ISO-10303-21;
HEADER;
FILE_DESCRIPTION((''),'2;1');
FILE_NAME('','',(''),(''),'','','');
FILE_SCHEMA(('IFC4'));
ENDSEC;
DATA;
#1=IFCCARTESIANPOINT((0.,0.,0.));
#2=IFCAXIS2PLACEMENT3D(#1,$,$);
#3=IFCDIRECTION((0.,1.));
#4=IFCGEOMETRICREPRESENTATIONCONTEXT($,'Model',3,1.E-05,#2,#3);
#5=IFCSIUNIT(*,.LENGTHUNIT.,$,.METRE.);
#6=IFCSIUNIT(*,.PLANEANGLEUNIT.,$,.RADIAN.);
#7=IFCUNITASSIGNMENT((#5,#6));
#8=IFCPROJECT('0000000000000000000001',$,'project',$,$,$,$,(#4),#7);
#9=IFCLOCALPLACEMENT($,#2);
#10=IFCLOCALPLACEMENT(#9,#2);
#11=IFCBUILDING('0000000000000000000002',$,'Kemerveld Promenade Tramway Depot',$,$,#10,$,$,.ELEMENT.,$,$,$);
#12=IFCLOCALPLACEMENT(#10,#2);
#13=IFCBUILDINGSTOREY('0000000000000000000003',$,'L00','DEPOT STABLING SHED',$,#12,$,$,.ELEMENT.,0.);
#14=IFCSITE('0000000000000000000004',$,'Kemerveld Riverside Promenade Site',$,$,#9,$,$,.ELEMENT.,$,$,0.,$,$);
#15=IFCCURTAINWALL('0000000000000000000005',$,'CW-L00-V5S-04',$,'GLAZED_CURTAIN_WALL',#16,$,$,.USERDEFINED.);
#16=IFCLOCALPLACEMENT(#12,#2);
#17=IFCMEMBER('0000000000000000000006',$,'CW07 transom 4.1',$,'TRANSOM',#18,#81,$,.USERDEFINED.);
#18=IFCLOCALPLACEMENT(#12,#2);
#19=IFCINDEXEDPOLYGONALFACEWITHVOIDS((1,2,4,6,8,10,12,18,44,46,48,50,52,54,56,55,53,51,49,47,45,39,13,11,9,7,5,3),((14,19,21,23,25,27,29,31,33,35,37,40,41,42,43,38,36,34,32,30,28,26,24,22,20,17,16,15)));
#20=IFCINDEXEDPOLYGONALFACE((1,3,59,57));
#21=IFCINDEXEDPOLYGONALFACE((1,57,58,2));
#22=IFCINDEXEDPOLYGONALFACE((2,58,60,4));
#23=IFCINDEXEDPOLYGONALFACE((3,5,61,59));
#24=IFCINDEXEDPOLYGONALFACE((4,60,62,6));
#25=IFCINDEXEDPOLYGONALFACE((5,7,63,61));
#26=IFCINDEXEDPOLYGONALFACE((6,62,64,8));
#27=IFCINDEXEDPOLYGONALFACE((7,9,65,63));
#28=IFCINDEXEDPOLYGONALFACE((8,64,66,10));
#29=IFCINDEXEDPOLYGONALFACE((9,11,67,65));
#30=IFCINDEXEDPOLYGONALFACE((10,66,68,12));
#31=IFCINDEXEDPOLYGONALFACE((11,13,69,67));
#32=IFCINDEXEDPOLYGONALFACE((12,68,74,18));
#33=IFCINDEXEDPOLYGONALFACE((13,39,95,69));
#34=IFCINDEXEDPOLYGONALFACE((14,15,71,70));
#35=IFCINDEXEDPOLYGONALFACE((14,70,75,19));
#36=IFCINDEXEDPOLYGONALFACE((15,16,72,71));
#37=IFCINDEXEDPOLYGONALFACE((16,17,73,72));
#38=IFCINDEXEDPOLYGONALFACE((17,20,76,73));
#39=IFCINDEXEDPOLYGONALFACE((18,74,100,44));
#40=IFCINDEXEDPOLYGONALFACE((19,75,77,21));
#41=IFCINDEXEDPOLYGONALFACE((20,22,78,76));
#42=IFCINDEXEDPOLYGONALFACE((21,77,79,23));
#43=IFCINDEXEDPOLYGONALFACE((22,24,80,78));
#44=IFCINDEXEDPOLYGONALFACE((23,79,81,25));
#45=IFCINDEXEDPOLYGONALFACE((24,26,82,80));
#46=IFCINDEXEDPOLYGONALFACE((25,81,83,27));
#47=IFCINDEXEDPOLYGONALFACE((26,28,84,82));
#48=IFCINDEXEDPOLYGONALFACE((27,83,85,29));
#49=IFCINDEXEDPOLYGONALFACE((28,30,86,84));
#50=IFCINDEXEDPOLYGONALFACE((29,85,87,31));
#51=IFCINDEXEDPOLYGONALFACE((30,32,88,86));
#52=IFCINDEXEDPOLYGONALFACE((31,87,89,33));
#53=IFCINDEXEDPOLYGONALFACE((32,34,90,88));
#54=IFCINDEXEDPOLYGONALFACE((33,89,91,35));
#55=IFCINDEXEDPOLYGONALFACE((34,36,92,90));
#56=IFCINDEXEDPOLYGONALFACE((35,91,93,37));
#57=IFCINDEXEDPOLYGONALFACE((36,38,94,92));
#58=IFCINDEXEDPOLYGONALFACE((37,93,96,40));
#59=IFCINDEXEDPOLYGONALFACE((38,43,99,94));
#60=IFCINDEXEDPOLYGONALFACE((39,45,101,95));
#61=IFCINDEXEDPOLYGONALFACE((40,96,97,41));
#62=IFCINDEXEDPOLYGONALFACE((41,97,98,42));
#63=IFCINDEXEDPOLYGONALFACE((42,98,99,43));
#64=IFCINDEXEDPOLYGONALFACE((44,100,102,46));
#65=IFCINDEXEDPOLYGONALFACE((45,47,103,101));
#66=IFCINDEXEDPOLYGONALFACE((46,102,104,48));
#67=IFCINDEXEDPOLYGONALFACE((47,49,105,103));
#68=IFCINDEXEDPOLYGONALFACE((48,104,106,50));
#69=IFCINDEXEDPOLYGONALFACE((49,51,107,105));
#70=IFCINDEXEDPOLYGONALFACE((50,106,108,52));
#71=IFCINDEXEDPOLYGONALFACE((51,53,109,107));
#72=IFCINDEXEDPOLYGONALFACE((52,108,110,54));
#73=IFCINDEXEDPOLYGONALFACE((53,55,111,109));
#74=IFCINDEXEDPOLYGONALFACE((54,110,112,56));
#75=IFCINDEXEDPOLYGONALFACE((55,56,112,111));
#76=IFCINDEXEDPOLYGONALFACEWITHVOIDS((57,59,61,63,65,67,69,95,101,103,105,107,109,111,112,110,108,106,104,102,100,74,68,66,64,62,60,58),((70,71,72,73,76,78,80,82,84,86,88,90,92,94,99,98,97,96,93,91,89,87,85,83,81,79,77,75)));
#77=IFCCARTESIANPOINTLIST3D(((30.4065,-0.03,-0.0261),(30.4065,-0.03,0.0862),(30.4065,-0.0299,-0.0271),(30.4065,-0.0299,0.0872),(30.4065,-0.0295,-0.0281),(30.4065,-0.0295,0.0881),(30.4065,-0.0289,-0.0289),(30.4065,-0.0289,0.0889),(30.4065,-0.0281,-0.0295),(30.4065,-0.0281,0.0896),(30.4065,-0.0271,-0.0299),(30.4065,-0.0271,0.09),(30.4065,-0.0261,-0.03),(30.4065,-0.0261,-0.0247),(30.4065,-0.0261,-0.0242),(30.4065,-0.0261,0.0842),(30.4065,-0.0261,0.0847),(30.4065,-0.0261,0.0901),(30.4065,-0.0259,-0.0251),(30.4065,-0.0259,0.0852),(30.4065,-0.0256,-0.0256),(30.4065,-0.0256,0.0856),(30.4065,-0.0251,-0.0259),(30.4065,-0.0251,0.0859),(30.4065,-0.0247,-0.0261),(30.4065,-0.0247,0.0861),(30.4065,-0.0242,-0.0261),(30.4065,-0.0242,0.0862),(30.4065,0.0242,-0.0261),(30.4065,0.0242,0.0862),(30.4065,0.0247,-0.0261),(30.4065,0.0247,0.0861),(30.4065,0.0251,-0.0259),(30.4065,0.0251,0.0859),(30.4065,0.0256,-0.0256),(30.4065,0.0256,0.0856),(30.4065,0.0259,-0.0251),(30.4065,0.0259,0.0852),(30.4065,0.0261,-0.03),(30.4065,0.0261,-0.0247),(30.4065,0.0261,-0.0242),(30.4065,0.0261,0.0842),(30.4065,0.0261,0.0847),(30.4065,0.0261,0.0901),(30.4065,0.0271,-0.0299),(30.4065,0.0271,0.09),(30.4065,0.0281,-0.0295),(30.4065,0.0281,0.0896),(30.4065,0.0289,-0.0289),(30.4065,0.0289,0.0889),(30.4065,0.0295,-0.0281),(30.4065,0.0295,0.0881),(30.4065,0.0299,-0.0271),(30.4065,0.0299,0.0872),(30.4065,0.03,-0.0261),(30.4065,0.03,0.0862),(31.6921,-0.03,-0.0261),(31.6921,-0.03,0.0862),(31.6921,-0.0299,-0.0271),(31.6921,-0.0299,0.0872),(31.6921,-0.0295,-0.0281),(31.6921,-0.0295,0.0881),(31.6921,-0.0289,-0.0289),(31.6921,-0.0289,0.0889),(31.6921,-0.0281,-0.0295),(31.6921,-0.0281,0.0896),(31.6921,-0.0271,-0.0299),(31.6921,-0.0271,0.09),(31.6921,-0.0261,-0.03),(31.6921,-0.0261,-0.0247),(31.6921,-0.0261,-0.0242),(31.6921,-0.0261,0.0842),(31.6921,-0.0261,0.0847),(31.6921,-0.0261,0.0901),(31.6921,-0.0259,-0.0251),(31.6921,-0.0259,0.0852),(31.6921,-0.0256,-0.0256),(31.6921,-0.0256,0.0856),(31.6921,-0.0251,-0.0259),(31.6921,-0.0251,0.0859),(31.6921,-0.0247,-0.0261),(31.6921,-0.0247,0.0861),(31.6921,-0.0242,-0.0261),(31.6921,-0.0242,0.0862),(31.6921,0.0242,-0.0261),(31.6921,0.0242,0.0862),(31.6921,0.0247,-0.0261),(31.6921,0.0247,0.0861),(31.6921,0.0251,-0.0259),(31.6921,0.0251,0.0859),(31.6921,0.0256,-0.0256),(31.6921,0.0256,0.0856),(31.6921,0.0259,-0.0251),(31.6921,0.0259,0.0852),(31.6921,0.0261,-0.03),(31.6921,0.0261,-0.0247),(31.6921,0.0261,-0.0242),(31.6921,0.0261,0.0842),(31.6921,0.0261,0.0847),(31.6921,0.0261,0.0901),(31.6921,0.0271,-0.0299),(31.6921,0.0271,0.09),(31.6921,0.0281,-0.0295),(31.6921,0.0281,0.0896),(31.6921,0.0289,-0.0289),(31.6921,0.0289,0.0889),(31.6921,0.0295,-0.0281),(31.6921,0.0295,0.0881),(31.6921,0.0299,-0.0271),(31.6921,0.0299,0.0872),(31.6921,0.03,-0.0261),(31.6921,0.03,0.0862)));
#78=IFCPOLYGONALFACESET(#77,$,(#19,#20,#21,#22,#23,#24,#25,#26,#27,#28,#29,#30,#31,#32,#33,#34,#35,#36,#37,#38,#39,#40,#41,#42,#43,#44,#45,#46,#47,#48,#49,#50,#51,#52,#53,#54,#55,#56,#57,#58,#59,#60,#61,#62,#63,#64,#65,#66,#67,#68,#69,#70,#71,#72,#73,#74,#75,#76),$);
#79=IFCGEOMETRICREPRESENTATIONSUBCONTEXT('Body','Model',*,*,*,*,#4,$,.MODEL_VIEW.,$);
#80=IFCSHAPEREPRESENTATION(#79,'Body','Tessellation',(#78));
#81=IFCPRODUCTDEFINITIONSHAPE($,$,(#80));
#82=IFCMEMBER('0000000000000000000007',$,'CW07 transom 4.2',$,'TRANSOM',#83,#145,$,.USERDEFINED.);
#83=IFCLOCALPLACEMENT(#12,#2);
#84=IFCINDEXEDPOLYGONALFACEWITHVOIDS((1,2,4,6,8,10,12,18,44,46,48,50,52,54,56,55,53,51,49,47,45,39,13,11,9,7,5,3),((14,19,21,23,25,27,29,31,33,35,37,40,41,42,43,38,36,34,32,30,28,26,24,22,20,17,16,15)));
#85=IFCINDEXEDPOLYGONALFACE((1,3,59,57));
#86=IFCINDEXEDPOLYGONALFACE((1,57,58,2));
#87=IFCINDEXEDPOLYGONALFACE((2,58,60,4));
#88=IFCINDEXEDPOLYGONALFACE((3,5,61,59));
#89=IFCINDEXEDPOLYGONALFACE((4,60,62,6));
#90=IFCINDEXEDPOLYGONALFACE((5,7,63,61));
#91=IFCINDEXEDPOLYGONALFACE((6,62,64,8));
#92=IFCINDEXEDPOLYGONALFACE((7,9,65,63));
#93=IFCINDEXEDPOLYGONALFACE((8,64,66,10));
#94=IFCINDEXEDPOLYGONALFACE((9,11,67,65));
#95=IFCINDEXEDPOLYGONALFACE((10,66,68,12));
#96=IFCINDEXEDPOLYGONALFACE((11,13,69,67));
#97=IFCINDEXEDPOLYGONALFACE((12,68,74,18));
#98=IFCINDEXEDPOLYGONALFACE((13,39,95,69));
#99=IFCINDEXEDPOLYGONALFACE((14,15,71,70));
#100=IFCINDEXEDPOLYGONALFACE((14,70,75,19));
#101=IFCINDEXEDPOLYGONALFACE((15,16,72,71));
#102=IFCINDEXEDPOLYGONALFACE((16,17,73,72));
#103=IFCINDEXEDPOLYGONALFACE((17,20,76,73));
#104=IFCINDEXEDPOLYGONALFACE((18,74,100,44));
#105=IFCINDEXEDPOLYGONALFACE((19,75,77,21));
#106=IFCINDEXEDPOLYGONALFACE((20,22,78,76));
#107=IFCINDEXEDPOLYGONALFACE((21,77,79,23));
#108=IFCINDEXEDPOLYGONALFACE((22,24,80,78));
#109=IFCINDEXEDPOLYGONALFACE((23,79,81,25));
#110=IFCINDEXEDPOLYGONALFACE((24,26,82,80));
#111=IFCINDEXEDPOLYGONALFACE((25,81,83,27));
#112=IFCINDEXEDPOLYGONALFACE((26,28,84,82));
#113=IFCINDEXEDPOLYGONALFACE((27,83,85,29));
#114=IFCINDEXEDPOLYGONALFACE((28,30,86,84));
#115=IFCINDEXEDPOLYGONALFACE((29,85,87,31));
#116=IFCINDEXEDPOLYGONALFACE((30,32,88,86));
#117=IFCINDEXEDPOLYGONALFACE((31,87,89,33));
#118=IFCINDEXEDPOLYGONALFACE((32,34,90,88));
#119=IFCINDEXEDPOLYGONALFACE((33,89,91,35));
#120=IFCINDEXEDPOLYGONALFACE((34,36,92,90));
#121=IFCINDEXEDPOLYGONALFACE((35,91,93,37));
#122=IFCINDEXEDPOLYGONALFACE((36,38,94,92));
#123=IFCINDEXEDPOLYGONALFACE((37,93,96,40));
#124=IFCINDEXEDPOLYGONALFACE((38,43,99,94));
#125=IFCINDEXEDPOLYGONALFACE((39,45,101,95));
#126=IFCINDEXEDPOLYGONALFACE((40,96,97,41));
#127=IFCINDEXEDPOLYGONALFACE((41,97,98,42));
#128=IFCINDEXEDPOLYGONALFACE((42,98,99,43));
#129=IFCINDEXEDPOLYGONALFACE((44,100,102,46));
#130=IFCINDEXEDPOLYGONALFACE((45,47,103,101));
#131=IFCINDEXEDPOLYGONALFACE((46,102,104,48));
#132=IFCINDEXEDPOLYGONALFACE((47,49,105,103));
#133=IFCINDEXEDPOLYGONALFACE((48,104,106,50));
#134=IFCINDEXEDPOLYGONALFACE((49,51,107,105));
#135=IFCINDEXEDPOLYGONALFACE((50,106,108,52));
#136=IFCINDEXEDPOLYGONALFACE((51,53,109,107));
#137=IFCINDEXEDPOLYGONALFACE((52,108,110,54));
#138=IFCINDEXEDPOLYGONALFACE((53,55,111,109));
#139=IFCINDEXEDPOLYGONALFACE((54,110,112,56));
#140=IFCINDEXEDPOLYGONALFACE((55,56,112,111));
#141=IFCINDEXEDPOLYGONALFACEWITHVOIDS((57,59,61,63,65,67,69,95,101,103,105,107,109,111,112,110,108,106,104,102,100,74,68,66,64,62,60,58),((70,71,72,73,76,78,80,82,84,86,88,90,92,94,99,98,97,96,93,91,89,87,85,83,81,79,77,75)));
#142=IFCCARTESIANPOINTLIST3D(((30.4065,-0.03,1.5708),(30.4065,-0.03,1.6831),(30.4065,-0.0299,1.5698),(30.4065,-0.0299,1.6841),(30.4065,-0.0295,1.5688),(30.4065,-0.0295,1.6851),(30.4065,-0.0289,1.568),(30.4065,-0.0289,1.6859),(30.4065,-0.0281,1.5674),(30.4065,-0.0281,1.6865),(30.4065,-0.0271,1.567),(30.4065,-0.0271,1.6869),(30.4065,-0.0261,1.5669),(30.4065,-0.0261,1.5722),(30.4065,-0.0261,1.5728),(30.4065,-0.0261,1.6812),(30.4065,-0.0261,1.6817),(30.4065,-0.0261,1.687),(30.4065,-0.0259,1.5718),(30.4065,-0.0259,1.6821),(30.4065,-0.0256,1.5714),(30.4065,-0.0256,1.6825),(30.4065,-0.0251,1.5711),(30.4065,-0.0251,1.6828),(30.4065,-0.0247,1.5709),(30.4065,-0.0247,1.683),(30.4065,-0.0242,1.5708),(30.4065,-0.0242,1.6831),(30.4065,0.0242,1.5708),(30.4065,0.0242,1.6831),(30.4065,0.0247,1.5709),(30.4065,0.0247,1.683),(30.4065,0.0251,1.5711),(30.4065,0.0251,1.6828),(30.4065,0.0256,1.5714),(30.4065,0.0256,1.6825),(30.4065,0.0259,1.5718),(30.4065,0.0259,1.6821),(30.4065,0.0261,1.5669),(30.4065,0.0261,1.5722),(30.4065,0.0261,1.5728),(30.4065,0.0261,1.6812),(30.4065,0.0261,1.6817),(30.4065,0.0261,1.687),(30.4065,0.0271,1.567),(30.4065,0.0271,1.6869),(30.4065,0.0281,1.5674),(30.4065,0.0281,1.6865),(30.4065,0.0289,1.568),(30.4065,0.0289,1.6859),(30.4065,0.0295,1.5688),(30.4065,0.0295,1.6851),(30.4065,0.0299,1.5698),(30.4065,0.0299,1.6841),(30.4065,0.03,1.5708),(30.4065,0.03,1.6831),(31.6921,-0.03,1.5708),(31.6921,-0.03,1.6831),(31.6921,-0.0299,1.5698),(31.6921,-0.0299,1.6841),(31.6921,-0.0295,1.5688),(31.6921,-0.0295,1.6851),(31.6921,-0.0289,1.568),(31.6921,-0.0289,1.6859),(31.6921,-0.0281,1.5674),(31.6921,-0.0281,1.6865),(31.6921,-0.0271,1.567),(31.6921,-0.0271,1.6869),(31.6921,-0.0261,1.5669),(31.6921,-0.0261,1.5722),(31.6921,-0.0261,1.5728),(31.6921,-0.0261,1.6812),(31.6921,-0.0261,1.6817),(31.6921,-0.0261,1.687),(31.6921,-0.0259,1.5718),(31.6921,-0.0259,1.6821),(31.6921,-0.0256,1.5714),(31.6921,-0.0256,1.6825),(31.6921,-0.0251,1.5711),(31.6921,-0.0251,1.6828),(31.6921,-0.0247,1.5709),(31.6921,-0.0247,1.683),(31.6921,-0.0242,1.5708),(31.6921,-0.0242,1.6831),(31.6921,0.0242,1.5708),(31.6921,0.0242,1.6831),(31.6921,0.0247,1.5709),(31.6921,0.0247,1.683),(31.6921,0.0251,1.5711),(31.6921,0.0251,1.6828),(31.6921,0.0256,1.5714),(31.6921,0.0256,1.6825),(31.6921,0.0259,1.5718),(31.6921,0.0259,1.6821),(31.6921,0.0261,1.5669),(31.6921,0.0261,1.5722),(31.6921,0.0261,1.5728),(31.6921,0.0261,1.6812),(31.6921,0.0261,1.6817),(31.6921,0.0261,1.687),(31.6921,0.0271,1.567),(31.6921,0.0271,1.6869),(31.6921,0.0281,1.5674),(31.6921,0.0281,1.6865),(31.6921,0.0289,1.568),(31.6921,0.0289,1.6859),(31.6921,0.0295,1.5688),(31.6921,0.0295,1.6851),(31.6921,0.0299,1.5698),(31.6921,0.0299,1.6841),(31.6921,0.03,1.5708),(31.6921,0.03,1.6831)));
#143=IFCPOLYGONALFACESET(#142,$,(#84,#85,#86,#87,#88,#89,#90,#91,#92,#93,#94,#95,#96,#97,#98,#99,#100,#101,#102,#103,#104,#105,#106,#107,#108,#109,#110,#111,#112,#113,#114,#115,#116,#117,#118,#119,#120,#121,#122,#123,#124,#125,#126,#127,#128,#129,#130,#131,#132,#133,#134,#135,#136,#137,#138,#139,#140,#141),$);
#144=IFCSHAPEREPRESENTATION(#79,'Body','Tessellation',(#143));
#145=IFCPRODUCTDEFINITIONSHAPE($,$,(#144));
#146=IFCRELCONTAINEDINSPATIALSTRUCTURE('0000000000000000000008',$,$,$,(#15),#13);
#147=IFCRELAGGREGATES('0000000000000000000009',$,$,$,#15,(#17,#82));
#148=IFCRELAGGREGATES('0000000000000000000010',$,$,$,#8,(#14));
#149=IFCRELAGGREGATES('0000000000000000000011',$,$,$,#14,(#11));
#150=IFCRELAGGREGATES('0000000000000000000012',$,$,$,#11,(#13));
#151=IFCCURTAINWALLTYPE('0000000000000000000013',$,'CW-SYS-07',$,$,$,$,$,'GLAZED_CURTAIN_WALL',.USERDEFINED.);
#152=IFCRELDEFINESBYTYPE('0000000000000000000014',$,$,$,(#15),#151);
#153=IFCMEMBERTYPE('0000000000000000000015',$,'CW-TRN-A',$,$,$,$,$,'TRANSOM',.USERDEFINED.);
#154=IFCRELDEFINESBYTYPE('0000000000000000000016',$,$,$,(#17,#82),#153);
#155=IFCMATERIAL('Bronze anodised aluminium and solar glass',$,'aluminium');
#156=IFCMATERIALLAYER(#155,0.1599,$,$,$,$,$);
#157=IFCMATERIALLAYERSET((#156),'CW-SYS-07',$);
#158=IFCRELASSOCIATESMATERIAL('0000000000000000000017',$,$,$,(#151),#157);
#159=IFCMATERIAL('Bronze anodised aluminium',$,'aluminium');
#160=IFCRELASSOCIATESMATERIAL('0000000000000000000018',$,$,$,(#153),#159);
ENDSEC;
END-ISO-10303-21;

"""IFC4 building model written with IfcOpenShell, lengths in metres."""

from ifc_helpers import new_model, si_unit, direction, frame, origin, origin_2d, place, context, subcontext, project, spatial, hollow_rectangle, extrude, material, layer, layer_set, material_profile, profile_set, type_object, element, aggregate, save


model = new_model("IFC4")

# Units and contexts
model_context = context("Model", 3, precision=1e-05, world=origin(), true_north=direction((0.0, 1.0)))
body_context = subcontext(model_context, "Body", "Model", "MODEL_VIEW")
ifc_project = project(units=[si_unit("LENGTHUNIT", "METRE"), si_unit("PLANEANGLEUNIT", "RADIAN")], contexts=[model_context])

# Site, building, storey
site_placement = place(None, origin())
site = spatial("IfcSite", under=ifc_project, at=site_placement, Name="Kemerveld Riverside Promenade Site", CompositionType="ELEMENT", RefElevation=0.0)
building_placement = place(site_placement, origin())
building = spatial("IfcBuilding", under=site, at=building_placement, Name="Kemerveld Promenade Tramway Depot", CompositionType="ELEMENT")
storey_placement = place(building_placement, origin())
storey = spatial("IfcBuildingStorey", under=building, at=storey_placement, Name="L00", Description="DEPOT STABLING SHED", CompositionType="ELEMENT", Elevation=0.0)

# Curtain wall, members
ifc_material_1 = material(Name="Bronze anodised aluminium and solar glass", Category="aluminium")
ifc_layer_1 = layer(ifc_material_1, 0.1599)
ifc_layer_set_1 = layer_set([ifc_layer_1], Name="CW-SYS-07")
curtain_wall_type = type_object("IfcCurtainWallType", Name="CW-SYS-07", ElementType="GLAZED_CURTAIN_WALL", PredefinedType="USERDEFINED", material=ifc_layer_set_1)
curtain_wall_placement = place(storey_placement, origin())
curtain_wall = element("IfcCurtainWall", 1, at=curtain_wall_placement, inside=storey, type_object=curtain_wall_type, Name="CW-L00-V5S-04", ObjectType="GLAZED_CURTAIN_WALL", PredefinedType="USERDEFINED")
ifc_material_2 = material(Name="Bronze anodised aluminium", Category="aluminium")
ifc_material_profile_1 = material_profile(ifc_material_2, hollow_rectangle(XDim=0.0601, YDim=0.1201, WallThickness=0.0039, InnerFilletRadius=0.002, OuterFilletRadius=0.0039, at=origin_2d()), Name="CW-TRN-120x60")
ifc_profile_set_1 = profile_set([ifc_material_profile_1], Name="Bronze anodised aluminium")
member_type_1 = type_object("IfcMemberType", Name="CW-TRN-A", ElementType="TRANSOM", PredefinedType="USERDEFINED", material=ifc_profile_set_1)
member_1_placement = place(storey_placement, frame((31.6921, 0.0, 0.03), z_axis=(-1.0, 0.0, 0.0), x_axis=(0.0, -1.0, 0.0)))
member_1 = element("IfcMember", 2, at=member_1_placement, type_object=member_type_1, Name="CW07 transom 4.1", ObjectType="TRANSOM", PredefinedType="USERDEFINED", context=body_context, shape_type="SweptSolid", body=[
    extrude(hollow_rectangle(XDim=0.0601, YDim=0.1201, WallThickness=0.0039, InnerFilletRadius=0.002, OuterFilletRadius=0.0039, at=origin_2d()), origin(), (0.0, 0.0, 1.0), 1.2856),
])
member_2_placement = place(storey_placement, frame((31.6921, 0.0, 1.627), z_axis=(-1.0, 0.0, 0.0), x_axis=(0.0, -1.0, 0.0)))
member_2 = element("IfcMember", 3, at=member_2_placement, type_object=member_type_1, Name="CW07 transom 4.2", ObjectType="TRANSOM", PredefinedType="USERDEFINED", context=body_context, shape_type="SweptSolid", body=[
    extrude(hollow_rectangle(XDim=0.0601, YDim=0.1201, WallThickness=0.0039, InnerFilletRadius=0.002, OuterFilletRadius=0.0039, at=origin_2d()), origin(), (0.0, 0.0, 1.0), 1.2856),
])
aggregate(curtain_wall, [member_1, member_2])

save(model, "model.ifc")
